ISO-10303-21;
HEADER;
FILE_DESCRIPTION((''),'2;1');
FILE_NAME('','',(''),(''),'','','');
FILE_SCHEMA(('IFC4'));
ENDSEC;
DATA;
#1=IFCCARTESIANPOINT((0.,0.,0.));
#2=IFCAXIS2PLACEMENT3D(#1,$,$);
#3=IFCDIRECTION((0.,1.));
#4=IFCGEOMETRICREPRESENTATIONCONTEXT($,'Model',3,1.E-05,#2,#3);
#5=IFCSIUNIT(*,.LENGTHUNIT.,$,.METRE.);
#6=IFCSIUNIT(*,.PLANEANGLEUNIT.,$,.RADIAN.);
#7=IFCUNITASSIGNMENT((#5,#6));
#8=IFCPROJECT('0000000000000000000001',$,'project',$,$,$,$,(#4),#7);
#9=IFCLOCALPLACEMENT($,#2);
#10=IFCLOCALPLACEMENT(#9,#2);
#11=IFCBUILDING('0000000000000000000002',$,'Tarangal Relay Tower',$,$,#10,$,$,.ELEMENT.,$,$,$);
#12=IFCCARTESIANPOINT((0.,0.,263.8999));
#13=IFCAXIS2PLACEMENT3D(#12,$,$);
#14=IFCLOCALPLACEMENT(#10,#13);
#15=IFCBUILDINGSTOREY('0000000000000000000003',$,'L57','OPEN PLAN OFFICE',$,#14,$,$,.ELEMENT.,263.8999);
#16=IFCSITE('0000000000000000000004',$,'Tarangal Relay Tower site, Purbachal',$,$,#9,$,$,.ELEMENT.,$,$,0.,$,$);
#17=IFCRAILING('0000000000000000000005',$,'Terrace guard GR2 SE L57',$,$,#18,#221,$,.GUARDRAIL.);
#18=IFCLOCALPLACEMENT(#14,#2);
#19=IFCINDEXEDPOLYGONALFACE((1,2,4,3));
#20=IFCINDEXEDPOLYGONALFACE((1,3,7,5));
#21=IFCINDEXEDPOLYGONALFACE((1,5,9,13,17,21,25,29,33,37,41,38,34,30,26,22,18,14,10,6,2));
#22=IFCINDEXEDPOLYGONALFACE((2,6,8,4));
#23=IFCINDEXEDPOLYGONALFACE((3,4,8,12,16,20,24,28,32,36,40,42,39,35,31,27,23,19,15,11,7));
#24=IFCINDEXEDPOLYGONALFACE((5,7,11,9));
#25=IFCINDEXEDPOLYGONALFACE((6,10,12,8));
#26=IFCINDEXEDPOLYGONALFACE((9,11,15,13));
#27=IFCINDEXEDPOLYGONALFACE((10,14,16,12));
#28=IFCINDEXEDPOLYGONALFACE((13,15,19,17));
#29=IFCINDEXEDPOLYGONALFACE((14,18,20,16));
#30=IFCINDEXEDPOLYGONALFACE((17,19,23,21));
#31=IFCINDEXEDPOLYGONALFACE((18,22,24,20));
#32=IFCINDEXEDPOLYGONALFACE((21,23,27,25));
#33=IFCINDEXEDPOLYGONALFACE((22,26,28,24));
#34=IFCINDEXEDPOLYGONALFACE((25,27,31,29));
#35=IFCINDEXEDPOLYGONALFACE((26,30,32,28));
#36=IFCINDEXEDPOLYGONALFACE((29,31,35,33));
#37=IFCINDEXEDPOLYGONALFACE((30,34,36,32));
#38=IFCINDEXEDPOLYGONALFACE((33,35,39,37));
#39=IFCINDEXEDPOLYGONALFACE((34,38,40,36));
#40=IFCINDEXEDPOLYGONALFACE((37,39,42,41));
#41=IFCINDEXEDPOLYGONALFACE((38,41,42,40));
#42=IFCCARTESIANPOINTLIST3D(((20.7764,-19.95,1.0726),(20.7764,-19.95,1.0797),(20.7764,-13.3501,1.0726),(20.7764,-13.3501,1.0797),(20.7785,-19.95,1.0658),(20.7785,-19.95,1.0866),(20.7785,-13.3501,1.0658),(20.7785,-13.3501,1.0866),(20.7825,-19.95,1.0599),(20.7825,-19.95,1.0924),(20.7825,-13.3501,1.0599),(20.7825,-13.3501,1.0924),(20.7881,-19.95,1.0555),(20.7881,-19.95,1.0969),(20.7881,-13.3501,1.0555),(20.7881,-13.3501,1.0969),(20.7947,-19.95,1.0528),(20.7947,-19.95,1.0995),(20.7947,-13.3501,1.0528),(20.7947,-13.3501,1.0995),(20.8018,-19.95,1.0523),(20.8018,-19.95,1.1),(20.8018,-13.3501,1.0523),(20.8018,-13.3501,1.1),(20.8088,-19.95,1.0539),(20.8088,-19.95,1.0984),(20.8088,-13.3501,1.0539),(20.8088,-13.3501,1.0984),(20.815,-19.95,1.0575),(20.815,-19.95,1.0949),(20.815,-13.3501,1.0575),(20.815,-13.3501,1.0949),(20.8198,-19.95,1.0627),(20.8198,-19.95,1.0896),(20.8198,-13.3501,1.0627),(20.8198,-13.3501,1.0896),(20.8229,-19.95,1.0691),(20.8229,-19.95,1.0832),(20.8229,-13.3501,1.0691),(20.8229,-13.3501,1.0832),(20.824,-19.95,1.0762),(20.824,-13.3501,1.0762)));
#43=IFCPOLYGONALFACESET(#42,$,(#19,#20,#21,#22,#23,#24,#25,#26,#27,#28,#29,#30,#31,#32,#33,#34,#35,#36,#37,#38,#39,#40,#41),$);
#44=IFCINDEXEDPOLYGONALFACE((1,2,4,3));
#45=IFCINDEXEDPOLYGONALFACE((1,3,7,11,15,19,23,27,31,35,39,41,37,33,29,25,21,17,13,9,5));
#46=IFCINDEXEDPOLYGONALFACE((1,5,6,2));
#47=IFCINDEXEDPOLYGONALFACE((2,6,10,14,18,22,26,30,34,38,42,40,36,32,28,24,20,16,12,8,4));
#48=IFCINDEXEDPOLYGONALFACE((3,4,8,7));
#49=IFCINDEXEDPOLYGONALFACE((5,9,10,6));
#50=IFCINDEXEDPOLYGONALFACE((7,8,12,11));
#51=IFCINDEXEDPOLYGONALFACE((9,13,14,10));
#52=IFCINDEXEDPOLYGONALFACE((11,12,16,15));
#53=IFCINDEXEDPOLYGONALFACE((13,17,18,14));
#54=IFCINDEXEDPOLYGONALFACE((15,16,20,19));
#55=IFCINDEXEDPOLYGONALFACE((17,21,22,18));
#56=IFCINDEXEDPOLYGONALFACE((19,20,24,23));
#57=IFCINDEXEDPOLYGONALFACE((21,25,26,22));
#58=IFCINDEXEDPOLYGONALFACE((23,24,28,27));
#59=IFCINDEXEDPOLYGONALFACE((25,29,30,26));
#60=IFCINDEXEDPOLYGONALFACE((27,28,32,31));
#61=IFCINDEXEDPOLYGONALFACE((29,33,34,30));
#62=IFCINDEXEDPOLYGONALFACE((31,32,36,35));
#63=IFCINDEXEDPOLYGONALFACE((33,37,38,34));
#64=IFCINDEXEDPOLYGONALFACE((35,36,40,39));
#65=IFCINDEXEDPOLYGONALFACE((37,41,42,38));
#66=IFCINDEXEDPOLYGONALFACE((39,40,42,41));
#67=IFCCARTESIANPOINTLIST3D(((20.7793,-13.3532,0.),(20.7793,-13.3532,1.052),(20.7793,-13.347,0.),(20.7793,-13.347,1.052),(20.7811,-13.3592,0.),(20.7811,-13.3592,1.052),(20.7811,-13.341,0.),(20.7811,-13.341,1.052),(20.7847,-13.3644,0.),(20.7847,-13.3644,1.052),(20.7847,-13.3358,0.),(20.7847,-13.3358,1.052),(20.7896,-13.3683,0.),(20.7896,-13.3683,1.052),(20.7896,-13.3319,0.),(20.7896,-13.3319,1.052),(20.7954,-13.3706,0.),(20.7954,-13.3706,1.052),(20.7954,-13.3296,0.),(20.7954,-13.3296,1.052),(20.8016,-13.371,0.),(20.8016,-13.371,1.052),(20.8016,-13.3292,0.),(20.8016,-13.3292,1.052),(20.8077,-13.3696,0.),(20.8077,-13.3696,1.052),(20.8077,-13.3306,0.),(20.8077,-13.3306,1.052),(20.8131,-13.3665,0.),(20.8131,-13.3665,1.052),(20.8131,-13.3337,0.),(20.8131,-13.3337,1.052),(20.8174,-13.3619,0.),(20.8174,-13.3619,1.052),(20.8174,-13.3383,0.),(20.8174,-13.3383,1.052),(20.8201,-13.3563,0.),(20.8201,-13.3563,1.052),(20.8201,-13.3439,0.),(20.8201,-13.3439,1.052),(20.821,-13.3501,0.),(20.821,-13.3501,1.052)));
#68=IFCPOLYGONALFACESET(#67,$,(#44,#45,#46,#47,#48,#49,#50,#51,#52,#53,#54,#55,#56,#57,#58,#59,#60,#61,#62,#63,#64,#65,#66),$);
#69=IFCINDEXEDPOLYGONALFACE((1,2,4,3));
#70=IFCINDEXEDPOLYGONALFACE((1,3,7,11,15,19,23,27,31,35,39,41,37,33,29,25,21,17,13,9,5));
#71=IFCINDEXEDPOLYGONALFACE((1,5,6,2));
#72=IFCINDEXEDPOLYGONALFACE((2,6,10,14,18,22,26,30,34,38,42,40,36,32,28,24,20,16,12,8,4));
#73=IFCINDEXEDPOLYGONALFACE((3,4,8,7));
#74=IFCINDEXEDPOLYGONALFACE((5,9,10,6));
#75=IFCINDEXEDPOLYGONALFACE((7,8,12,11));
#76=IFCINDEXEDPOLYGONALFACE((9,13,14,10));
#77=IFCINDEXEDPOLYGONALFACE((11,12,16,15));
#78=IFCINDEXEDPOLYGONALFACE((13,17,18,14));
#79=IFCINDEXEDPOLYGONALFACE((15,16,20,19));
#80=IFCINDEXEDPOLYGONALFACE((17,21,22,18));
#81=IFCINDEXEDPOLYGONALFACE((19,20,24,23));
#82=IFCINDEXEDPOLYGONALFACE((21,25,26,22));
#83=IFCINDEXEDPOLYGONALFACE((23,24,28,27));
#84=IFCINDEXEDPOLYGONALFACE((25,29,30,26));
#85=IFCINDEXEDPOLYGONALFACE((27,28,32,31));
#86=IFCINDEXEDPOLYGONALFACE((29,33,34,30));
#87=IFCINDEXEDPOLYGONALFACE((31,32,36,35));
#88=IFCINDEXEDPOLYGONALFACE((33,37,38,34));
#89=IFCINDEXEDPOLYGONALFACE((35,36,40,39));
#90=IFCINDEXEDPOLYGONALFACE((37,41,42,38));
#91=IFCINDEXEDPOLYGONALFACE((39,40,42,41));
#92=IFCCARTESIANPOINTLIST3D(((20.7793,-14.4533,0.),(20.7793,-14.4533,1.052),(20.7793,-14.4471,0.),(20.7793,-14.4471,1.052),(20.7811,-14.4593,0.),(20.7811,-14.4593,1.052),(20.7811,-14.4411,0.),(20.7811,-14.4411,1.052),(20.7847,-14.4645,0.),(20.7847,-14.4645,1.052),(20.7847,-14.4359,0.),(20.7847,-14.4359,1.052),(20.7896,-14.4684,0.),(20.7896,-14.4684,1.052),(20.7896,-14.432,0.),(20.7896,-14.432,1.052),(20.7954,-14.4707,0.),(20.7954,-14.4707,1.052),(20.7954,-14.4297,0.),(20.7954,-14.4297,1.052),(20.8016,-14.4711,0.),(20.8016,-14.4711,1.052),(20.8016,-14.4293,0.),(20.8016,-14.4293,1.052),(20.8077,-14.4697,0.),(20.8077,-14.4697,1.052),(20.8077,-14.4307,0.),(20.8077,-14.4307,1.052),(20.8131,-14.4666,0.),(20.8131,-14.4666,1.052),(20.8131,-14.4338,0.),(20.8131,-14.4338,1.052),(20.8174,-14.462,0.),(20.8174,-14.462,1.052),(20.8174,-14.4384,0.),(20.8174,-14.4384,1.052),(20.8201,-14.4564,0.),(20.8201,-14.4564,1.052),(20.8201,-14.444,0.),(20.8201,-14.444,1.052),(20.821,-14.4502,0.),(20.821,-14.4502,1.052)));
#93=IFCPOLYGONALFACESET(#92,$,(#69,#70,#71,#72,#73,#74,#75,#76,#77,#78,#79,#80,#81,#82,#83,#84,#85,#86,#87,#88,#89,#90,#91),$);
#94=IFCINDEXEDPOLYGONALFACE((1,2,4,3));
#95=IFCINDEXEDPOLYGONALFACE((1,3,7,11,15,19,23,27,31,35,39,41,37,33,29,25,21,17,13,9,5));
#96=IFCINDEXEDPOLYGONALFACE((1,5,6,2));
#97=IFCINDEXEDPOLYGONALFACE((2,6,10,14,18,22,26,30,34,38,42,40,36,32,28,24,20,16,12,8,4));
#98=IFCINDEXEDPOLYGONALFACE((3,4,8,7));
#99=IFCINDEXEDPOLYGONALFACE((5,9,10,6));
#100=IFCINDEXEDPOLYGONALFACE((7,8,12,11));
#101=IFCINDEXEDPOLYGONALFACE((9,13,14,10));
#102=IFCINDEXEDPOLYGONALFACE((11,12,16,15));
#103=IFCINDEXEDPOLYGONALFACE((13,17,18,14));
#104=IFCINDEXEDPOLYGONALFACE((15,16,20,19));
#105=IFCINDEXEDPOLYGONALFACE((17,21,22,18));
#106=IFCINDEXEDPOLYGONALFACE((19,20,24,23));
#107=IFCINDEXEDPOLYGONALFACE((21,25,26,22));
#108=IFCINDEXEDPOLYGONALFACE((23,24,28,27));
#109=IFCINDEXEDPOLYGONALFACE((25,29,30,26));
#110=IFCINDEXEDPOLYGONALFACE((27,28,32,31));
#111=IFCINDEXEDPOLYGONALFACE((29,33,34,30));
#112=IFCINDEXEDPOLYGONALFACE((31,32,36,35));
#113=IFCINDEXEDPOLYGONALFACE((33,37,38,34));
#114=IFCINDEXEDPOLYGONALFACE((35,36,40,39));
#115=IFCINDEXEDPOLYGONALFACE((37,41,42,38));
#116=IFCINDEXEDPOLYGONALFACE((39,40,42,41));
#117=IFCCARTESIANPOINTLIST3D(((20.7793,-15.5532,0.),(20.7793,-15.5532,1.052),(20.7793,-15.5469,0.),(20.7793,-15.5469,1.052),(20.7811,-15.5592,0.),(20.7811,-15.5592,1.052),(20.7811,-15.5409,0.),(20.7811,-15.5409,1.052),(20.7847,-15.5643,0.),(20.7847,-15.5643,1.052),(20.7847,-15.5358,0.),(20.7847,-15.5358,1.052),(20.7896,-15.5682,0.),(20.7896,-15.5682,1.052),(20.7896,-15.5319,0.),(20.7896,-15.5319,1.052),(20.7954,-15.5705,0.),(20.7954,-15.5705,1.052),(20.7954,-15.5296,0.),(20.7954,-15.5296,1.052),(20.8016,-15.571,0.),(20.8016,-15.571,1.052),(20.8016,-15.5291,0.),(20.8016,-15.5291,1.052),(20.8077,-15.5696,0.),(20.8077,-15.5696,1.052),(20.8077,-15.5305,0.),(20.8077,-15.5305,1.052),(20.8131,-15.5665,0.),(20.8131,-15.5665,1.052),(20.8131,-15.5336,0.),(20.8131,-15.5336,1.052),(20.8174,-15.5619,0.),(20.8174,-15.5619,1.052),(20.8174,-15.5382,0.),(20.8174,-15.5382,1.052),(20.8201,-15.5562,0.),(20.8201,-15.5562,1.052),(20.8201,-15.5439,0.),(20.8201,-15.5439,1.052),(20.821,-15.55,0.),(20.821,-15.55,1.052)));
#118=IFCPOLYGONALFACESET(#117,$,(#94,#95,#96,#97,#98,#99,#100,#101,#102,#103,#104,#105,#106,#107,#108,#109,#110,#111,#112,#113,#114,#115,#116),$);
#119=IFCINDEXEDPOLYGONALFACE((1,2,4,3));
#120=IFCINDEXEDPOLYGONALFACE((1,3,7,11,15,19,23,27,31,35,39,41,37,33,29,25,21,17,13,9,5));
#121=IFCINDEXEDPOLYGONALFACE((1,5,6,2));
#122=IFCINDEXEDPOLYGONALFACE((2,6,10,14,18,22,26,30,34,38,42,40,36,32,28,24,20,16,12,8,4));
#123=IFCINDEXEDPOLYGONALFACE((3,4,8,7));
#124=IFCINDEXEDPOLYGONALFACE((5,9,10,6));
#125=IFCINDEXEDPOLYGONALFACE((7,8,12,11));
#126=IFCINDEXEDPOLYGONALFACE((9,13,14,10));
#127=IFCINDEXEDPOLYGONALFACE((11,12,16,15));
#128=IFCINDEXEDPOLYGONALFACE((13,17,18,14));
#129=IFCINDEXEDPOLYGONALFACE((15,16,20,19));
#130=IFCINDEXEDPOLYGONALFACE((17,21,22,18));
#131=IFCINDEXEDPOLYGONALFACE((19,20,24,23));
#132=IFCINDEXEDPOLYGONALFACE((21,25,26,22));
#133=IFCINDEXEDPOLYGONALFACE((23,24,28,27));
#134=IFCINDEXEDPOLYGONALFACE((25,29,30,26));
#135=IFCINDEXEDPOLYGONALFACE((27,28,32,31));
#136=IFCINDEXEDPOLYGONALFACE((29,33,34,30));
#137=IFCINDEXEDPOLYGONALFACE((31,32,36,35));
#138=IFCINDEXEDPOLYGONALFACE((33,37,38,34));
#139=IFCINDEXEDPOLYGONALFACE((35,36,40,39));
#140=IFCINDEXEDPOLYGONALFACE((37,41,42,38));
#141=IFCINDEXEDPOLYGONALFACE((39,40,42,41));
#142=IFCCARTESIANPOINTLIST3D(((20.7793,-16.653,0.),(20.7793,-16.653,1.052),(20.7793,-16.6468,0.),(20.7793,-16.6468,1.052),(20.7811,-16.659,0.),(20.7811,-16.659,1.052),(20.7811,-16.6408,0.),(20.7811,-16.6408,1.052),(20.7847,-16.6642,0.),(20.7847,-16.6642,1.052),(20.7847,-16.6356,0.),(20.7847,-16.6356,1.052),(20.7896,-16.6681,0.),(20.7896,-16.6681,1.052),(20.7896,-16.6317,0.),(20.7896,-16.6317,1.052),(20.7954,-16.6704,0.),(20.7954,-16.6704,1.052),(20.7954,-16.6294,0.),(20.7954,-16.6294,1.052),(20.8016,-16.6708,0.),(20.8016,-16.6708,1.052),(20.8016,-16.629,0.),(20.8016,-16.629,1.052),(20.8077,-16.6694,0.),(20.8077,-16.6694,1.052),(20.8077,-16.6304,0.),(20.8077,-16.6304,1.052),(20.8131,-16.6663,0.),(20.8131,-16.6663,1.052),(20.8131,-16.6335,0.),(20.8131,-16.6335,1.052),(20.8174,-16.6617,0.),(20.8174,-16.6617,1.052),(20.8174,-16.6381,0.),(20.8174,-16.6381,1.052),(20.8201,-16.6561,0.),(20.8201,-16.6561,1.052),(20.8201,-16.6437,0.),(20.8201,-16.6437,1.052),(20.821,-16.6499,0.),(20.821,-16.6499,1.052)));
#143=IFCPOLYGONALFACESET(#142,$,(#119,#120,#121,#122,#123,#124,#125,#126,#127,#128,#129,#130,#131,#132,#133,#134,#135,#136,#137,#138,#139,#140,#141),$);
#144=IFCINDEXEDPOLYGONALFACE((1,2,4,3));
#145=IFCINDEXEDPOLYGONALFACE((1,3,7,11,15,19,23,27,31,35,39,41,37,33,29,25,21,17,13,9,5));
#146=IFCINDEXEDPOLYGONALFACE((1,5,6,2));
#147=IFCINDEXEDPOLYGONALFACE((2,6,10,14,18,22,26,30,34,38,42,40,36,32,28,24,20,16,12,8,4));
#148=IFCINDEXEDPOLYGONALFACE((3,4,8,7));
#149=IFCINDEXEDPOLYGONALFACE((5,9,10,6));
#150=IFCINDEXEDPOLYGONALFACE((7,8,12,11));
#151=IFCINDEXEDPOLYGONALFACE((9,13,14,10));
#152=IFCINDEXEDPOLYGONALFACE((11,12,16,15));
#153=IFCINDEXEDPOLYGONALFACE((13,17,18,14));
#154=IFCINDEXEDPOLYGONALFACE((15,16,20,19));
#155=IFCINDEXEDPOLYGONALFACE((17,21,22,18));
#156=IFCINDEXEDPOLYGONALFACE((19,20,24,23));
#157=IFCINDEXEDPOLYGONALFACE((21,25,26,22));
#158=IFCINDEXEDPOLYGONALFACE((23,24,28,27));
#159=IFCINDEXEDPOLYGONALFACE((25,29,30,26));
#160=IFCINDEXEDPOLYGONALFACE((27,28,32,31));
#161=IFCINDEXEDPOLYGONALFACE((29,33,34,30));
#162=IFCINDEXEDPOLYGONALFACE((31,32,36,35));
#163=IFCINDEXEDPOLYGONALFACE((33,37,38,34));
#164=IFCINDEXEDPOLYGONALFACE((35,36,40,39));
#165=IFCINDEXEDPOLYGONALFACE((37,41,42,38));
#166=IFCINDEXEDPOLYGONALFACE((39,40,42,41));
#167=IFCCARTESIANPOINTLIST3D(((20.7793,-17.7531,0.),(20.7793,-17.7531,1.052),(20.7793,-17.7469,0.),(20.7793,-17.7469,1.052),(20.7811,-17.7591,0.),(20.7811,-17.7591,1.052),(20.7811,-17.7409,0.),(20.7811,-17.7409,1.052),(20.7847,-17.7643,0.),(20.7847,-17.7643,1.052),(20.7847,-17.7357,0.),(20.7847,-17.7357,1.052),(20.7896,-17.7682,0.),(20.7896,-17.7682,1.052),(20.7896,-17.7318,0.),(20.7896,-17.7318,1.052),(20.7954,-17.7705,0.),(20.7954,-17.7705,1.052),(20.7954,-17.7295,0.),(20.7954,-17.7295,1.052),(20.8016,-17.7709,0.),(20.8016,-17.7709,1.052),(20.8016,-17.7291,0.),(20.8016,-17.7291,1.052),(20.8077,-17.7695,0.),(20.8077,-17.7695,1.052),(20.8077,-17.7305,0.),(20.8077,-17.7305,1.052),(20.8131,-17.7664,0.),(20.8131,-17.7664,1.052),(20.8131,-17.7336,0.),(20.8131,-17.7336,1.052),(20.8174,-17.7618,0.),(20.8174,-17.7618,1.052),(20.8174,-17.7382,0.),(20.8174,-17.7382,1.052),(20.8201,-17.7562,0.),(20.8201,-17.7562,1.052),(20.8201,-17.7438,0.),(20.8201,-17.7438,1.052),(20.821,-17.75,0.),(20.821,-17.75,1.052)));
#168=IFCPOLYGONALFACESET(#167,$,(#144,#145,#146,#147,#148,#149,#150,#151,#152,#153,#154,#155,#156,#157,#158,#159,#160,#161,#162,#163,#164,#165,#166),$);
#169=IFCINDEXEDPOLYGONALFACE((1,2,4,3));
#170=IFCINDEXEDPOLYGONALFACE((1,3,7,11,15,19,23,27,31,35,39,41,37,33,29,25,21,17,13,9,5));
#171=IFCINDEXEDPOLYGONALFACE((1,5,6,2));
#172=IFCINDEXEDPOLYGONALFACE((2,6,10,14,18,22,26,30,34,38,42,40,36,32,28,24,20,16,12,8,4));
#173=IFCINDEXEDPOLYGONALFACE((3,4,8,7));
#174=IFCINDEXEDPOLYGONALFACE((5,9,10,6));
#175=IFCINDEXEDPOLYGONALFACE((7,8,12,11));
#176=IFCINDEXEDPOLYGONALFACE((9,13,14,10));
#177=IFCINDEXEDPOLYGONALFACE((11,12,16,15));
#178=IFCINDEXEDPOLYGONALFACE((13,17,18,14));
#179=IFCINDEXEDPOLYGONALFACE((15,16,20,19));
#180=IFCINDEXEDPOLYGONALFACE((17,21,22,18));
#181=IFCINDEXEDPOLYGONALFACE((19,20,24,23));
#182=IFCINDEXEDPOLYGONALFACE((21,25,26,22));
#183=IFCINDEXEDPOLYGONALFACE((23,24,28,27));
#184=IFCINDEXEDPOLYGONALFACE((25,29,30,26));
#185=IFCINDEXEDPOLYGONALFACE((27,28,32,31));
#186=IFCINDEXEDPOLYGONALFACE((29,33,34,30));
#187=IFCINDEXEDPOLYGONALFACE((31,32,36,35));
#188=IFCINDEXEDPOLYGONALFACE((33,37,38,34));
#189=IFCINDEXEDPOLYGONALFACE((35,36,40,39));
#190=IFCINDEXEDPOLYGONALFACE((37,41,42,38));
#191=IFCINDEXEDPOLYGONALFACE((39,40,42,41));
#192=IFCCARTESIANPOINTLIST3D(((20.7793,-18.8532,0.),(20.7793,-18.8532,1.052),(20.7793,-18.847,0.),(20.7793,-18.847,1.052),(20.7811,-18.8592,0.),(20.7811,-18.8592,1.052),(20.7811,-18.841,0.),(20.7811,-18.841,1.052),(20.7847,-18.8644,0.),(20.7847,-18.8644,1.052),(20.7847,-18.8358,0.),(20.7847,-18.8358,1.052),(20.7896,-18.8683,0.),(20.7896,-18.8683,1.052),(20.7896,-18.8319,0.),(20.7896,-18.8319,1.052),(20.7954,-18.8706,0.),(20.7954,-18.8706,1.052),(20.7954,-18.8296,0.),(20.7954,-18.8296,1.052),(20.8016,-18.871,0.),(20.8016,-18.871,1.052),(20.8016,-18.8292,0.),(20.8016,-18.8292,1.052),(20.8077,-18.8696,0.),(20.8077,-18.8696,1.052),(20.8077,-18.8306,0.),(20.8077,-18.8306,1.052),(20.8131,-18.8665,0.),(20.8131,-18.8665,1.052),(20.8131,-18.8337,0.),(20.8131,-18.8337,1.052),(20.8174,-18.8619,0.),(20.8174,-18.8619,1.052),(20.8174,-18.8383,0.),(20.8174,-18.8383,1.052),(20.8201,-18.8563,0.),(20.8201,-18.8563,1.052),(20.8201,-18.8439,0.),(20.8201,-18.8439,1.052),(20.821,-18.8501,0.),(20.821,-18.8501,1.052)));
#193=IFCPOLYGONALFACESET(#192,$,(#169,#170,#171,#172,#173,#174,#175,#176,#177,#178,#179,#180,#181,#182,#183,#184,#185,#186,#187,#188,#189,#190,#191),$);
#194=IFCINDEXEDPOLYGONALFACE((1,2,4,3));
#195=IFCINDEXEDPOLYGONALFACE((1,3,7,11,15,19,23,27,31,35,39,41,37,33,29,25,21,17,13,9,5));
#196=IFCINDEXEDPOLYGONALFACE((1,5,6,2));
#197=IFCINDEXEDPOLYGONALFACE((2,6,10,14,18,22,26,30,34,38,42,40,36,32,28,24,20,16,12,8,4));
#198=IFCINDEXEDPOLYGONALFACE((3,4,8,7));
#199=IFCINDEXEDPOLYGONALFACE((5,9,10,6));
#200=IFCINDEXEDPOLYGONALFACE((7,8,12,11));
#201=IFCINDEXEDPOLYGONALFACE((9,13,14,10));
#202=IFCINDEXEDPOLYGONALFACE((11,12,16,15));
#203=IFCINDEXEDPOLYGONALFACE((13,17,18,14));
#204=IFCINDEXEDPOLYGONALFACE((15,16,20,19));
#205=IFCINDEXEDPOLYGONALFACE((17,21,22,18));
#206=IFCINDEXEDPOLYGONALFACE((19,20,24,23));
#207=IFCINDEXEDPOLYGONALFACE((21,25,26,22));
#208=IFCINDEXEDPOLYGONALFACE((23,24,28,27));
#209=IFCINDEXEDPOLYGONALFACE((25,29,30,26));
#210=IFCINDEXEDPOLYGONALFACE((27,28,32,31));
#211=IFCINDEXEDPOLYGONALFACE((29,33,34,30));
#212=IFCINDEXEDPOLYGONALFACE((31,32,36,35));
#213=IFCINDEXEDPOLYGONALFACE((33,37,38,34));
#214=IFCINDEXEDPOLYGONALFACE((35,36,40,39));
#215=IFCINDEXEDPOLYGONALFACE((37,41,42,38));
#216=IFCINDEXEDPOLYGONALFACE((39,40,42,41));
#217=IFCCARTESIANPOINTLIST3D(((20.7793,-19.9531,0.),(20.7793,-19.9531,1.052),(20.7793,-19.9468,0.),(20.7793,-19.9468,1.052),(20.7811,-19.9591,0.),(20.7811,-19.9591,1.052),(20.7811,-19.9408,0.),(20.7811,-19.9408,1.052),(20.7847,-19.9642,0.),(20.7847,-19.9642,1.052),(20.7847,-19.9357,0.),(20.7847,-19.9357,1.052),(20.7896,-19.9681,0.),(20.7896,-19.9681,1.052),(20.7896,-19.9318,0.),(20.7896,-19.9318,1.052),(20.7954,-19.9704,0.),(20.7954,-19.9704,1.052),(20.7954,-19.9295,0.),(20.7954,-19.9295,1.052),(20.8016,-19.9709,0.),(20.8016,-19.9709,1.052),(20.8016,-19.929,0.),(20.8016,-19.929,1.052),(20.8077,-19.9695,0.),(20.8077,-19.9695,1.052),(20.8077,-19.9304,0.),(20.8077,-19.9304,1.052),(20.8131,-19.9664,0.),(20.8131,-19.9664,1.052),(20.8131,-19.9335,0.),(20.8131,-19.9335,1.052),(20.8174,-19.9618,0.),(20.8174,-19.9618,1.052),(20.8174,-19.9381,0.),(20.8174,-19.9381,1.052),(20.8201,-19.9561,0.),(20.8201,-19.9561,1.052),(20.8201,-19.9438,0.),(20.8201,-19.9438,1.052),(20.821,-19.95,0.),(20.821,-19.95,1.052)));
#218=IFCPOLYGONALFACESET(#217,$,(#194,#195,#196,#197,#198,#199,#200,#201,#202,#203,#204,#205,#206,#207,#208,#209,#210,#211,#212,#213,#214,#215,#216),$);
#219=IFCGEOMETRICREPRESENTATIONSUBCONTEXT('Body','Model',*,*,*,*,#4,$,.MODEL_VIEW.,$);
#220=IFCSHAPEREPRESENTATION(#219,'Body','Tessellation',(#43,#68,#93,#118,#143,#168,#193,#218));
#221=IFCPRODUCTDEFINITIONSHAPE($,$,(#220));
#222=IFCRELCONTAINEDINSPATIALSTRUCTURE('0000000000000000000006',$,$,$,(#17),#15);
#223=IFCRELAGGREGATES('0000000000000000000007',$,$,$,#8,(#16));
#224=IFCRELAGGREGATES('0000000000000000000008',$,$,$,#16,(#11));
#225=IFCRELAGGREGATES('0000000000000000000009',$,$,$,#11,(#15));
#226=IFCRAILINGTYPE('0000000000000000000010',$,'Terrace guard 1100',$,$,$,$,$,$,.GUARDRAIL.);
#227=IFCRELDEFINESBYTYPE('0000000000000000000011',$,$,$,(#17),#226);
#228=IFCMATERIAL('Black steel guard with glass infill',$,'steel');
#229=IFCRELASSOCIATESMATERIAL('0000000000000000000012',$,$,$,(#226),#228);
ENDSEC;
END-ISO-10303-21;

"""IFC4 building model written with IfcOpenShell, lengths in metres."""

from ifc_helpers import new_model, si_unit, direction, frame, origin, origin_2d, place, context, subcontext, project, spatial, circle, extrude, material, type_object, element, save


model = new_model("IFC4")

# Units and contexts
model_context = context("Model", 3, precision=1e-05, world=origin(), true_north=direction((0.0, 1.0)))
body_context = subcontext(model_context, "Body", "Model", "MODEL_VIEW")
ifc_project = project(units=[si_unit("LENGTHUNIT", "METRE"), si_unit("PLANEANGLEUNIT", "RADIAN")], contexts=[model_context])

# Site, building, storey
site_placement = place(None, origin())
site = spatial("IfcSite", under=ifc_project, at=site_placement, Name="Tarangal Relay Tower site, Purbachal", CompositionType="ELEMENT", RefElevation=0.0)
building_placement = place(site_placement, origin())
building = spatial("IfcBuilding", under=site, at=building_placement, Name="Tarangal Relay Tower", CompositionType="ELEMENT")
storey_placement = place(building_placement, frame((0.0, 0.0, 263.8999)))
storey = spatial("IfcBuildingStorey", under=building, at=storey_placement, Name="L57", Description="OPEN PLAN OFFICE", CompositionType="ELEMENT", Elevation=263.8999)

# Railing
ifc_material_1 = material(Name="Black steel guard with glass infill", Category="steel")
railing_type = type_object("IfcRailingType", Name="Terrace guard 1100", PredefinedType="GUARDRAIL", material=ifc_material_1)
railing_1_placement = place(storey_placement, frame((20.8, -13.3501, 0.0)))
element("IfcRailing", 1, at=railing_1_placement, inside=storey, type_object=railing_type, Name="Terrace guard GR2 SE L57", PredefinedType="GUARDRAIL", context=body_context, shape_type="SweptSolid", body=[
    extrude(circle(Radius=0.0239, at=origin_2d()), frame((0.0, 0.0, 1.0762), z_axis=(0.0, -1.0, 0.0), x_axis=(1.0, 0.0, 0.0)), (0.0, 0.0, 1.0), 6.5999),
    extrude(circle(Radius=0.021, at=origin_2d()), origin(), (0.0, 0.0, 1.0), 1.052),
    extrude(circle(Radius=0.021, at=origin_2d()), frame((0.0, -1.1001, 0.0)), (0.0, 0.0, 1.0), 1.052),
    extrude(circle(Radius=0.021, at=origin_2d()), frame((0.0, -2.2, 0.0)), (0.0, 0.0, 1.0), 1.052),
    extrude(circle(Radius=0.021, at=origin_2d()), frame((0.0, -3.2998, 0.0)), (0.0, 0.0, 1.0), 1.052),
    extrude(circle(Radius=0.021, at=origin_2d()), frame((0.0, -4.3999, 0.0)), (0.0, 0.0, 1.0), 1.052),
    extrude(circle(Radius=0.021, at=origin_2d()), frame((0.0, -5.5, 0.0)), (0.0, 0.0, 1.0), 1.052),
    extrude(circle(Radius=0.021, at=origin_2d()), frame((0.0, -6.5999, 0.0)), (0.0, 0.0, 1.0), 1.052),
])

save(model, "model.ifc")
